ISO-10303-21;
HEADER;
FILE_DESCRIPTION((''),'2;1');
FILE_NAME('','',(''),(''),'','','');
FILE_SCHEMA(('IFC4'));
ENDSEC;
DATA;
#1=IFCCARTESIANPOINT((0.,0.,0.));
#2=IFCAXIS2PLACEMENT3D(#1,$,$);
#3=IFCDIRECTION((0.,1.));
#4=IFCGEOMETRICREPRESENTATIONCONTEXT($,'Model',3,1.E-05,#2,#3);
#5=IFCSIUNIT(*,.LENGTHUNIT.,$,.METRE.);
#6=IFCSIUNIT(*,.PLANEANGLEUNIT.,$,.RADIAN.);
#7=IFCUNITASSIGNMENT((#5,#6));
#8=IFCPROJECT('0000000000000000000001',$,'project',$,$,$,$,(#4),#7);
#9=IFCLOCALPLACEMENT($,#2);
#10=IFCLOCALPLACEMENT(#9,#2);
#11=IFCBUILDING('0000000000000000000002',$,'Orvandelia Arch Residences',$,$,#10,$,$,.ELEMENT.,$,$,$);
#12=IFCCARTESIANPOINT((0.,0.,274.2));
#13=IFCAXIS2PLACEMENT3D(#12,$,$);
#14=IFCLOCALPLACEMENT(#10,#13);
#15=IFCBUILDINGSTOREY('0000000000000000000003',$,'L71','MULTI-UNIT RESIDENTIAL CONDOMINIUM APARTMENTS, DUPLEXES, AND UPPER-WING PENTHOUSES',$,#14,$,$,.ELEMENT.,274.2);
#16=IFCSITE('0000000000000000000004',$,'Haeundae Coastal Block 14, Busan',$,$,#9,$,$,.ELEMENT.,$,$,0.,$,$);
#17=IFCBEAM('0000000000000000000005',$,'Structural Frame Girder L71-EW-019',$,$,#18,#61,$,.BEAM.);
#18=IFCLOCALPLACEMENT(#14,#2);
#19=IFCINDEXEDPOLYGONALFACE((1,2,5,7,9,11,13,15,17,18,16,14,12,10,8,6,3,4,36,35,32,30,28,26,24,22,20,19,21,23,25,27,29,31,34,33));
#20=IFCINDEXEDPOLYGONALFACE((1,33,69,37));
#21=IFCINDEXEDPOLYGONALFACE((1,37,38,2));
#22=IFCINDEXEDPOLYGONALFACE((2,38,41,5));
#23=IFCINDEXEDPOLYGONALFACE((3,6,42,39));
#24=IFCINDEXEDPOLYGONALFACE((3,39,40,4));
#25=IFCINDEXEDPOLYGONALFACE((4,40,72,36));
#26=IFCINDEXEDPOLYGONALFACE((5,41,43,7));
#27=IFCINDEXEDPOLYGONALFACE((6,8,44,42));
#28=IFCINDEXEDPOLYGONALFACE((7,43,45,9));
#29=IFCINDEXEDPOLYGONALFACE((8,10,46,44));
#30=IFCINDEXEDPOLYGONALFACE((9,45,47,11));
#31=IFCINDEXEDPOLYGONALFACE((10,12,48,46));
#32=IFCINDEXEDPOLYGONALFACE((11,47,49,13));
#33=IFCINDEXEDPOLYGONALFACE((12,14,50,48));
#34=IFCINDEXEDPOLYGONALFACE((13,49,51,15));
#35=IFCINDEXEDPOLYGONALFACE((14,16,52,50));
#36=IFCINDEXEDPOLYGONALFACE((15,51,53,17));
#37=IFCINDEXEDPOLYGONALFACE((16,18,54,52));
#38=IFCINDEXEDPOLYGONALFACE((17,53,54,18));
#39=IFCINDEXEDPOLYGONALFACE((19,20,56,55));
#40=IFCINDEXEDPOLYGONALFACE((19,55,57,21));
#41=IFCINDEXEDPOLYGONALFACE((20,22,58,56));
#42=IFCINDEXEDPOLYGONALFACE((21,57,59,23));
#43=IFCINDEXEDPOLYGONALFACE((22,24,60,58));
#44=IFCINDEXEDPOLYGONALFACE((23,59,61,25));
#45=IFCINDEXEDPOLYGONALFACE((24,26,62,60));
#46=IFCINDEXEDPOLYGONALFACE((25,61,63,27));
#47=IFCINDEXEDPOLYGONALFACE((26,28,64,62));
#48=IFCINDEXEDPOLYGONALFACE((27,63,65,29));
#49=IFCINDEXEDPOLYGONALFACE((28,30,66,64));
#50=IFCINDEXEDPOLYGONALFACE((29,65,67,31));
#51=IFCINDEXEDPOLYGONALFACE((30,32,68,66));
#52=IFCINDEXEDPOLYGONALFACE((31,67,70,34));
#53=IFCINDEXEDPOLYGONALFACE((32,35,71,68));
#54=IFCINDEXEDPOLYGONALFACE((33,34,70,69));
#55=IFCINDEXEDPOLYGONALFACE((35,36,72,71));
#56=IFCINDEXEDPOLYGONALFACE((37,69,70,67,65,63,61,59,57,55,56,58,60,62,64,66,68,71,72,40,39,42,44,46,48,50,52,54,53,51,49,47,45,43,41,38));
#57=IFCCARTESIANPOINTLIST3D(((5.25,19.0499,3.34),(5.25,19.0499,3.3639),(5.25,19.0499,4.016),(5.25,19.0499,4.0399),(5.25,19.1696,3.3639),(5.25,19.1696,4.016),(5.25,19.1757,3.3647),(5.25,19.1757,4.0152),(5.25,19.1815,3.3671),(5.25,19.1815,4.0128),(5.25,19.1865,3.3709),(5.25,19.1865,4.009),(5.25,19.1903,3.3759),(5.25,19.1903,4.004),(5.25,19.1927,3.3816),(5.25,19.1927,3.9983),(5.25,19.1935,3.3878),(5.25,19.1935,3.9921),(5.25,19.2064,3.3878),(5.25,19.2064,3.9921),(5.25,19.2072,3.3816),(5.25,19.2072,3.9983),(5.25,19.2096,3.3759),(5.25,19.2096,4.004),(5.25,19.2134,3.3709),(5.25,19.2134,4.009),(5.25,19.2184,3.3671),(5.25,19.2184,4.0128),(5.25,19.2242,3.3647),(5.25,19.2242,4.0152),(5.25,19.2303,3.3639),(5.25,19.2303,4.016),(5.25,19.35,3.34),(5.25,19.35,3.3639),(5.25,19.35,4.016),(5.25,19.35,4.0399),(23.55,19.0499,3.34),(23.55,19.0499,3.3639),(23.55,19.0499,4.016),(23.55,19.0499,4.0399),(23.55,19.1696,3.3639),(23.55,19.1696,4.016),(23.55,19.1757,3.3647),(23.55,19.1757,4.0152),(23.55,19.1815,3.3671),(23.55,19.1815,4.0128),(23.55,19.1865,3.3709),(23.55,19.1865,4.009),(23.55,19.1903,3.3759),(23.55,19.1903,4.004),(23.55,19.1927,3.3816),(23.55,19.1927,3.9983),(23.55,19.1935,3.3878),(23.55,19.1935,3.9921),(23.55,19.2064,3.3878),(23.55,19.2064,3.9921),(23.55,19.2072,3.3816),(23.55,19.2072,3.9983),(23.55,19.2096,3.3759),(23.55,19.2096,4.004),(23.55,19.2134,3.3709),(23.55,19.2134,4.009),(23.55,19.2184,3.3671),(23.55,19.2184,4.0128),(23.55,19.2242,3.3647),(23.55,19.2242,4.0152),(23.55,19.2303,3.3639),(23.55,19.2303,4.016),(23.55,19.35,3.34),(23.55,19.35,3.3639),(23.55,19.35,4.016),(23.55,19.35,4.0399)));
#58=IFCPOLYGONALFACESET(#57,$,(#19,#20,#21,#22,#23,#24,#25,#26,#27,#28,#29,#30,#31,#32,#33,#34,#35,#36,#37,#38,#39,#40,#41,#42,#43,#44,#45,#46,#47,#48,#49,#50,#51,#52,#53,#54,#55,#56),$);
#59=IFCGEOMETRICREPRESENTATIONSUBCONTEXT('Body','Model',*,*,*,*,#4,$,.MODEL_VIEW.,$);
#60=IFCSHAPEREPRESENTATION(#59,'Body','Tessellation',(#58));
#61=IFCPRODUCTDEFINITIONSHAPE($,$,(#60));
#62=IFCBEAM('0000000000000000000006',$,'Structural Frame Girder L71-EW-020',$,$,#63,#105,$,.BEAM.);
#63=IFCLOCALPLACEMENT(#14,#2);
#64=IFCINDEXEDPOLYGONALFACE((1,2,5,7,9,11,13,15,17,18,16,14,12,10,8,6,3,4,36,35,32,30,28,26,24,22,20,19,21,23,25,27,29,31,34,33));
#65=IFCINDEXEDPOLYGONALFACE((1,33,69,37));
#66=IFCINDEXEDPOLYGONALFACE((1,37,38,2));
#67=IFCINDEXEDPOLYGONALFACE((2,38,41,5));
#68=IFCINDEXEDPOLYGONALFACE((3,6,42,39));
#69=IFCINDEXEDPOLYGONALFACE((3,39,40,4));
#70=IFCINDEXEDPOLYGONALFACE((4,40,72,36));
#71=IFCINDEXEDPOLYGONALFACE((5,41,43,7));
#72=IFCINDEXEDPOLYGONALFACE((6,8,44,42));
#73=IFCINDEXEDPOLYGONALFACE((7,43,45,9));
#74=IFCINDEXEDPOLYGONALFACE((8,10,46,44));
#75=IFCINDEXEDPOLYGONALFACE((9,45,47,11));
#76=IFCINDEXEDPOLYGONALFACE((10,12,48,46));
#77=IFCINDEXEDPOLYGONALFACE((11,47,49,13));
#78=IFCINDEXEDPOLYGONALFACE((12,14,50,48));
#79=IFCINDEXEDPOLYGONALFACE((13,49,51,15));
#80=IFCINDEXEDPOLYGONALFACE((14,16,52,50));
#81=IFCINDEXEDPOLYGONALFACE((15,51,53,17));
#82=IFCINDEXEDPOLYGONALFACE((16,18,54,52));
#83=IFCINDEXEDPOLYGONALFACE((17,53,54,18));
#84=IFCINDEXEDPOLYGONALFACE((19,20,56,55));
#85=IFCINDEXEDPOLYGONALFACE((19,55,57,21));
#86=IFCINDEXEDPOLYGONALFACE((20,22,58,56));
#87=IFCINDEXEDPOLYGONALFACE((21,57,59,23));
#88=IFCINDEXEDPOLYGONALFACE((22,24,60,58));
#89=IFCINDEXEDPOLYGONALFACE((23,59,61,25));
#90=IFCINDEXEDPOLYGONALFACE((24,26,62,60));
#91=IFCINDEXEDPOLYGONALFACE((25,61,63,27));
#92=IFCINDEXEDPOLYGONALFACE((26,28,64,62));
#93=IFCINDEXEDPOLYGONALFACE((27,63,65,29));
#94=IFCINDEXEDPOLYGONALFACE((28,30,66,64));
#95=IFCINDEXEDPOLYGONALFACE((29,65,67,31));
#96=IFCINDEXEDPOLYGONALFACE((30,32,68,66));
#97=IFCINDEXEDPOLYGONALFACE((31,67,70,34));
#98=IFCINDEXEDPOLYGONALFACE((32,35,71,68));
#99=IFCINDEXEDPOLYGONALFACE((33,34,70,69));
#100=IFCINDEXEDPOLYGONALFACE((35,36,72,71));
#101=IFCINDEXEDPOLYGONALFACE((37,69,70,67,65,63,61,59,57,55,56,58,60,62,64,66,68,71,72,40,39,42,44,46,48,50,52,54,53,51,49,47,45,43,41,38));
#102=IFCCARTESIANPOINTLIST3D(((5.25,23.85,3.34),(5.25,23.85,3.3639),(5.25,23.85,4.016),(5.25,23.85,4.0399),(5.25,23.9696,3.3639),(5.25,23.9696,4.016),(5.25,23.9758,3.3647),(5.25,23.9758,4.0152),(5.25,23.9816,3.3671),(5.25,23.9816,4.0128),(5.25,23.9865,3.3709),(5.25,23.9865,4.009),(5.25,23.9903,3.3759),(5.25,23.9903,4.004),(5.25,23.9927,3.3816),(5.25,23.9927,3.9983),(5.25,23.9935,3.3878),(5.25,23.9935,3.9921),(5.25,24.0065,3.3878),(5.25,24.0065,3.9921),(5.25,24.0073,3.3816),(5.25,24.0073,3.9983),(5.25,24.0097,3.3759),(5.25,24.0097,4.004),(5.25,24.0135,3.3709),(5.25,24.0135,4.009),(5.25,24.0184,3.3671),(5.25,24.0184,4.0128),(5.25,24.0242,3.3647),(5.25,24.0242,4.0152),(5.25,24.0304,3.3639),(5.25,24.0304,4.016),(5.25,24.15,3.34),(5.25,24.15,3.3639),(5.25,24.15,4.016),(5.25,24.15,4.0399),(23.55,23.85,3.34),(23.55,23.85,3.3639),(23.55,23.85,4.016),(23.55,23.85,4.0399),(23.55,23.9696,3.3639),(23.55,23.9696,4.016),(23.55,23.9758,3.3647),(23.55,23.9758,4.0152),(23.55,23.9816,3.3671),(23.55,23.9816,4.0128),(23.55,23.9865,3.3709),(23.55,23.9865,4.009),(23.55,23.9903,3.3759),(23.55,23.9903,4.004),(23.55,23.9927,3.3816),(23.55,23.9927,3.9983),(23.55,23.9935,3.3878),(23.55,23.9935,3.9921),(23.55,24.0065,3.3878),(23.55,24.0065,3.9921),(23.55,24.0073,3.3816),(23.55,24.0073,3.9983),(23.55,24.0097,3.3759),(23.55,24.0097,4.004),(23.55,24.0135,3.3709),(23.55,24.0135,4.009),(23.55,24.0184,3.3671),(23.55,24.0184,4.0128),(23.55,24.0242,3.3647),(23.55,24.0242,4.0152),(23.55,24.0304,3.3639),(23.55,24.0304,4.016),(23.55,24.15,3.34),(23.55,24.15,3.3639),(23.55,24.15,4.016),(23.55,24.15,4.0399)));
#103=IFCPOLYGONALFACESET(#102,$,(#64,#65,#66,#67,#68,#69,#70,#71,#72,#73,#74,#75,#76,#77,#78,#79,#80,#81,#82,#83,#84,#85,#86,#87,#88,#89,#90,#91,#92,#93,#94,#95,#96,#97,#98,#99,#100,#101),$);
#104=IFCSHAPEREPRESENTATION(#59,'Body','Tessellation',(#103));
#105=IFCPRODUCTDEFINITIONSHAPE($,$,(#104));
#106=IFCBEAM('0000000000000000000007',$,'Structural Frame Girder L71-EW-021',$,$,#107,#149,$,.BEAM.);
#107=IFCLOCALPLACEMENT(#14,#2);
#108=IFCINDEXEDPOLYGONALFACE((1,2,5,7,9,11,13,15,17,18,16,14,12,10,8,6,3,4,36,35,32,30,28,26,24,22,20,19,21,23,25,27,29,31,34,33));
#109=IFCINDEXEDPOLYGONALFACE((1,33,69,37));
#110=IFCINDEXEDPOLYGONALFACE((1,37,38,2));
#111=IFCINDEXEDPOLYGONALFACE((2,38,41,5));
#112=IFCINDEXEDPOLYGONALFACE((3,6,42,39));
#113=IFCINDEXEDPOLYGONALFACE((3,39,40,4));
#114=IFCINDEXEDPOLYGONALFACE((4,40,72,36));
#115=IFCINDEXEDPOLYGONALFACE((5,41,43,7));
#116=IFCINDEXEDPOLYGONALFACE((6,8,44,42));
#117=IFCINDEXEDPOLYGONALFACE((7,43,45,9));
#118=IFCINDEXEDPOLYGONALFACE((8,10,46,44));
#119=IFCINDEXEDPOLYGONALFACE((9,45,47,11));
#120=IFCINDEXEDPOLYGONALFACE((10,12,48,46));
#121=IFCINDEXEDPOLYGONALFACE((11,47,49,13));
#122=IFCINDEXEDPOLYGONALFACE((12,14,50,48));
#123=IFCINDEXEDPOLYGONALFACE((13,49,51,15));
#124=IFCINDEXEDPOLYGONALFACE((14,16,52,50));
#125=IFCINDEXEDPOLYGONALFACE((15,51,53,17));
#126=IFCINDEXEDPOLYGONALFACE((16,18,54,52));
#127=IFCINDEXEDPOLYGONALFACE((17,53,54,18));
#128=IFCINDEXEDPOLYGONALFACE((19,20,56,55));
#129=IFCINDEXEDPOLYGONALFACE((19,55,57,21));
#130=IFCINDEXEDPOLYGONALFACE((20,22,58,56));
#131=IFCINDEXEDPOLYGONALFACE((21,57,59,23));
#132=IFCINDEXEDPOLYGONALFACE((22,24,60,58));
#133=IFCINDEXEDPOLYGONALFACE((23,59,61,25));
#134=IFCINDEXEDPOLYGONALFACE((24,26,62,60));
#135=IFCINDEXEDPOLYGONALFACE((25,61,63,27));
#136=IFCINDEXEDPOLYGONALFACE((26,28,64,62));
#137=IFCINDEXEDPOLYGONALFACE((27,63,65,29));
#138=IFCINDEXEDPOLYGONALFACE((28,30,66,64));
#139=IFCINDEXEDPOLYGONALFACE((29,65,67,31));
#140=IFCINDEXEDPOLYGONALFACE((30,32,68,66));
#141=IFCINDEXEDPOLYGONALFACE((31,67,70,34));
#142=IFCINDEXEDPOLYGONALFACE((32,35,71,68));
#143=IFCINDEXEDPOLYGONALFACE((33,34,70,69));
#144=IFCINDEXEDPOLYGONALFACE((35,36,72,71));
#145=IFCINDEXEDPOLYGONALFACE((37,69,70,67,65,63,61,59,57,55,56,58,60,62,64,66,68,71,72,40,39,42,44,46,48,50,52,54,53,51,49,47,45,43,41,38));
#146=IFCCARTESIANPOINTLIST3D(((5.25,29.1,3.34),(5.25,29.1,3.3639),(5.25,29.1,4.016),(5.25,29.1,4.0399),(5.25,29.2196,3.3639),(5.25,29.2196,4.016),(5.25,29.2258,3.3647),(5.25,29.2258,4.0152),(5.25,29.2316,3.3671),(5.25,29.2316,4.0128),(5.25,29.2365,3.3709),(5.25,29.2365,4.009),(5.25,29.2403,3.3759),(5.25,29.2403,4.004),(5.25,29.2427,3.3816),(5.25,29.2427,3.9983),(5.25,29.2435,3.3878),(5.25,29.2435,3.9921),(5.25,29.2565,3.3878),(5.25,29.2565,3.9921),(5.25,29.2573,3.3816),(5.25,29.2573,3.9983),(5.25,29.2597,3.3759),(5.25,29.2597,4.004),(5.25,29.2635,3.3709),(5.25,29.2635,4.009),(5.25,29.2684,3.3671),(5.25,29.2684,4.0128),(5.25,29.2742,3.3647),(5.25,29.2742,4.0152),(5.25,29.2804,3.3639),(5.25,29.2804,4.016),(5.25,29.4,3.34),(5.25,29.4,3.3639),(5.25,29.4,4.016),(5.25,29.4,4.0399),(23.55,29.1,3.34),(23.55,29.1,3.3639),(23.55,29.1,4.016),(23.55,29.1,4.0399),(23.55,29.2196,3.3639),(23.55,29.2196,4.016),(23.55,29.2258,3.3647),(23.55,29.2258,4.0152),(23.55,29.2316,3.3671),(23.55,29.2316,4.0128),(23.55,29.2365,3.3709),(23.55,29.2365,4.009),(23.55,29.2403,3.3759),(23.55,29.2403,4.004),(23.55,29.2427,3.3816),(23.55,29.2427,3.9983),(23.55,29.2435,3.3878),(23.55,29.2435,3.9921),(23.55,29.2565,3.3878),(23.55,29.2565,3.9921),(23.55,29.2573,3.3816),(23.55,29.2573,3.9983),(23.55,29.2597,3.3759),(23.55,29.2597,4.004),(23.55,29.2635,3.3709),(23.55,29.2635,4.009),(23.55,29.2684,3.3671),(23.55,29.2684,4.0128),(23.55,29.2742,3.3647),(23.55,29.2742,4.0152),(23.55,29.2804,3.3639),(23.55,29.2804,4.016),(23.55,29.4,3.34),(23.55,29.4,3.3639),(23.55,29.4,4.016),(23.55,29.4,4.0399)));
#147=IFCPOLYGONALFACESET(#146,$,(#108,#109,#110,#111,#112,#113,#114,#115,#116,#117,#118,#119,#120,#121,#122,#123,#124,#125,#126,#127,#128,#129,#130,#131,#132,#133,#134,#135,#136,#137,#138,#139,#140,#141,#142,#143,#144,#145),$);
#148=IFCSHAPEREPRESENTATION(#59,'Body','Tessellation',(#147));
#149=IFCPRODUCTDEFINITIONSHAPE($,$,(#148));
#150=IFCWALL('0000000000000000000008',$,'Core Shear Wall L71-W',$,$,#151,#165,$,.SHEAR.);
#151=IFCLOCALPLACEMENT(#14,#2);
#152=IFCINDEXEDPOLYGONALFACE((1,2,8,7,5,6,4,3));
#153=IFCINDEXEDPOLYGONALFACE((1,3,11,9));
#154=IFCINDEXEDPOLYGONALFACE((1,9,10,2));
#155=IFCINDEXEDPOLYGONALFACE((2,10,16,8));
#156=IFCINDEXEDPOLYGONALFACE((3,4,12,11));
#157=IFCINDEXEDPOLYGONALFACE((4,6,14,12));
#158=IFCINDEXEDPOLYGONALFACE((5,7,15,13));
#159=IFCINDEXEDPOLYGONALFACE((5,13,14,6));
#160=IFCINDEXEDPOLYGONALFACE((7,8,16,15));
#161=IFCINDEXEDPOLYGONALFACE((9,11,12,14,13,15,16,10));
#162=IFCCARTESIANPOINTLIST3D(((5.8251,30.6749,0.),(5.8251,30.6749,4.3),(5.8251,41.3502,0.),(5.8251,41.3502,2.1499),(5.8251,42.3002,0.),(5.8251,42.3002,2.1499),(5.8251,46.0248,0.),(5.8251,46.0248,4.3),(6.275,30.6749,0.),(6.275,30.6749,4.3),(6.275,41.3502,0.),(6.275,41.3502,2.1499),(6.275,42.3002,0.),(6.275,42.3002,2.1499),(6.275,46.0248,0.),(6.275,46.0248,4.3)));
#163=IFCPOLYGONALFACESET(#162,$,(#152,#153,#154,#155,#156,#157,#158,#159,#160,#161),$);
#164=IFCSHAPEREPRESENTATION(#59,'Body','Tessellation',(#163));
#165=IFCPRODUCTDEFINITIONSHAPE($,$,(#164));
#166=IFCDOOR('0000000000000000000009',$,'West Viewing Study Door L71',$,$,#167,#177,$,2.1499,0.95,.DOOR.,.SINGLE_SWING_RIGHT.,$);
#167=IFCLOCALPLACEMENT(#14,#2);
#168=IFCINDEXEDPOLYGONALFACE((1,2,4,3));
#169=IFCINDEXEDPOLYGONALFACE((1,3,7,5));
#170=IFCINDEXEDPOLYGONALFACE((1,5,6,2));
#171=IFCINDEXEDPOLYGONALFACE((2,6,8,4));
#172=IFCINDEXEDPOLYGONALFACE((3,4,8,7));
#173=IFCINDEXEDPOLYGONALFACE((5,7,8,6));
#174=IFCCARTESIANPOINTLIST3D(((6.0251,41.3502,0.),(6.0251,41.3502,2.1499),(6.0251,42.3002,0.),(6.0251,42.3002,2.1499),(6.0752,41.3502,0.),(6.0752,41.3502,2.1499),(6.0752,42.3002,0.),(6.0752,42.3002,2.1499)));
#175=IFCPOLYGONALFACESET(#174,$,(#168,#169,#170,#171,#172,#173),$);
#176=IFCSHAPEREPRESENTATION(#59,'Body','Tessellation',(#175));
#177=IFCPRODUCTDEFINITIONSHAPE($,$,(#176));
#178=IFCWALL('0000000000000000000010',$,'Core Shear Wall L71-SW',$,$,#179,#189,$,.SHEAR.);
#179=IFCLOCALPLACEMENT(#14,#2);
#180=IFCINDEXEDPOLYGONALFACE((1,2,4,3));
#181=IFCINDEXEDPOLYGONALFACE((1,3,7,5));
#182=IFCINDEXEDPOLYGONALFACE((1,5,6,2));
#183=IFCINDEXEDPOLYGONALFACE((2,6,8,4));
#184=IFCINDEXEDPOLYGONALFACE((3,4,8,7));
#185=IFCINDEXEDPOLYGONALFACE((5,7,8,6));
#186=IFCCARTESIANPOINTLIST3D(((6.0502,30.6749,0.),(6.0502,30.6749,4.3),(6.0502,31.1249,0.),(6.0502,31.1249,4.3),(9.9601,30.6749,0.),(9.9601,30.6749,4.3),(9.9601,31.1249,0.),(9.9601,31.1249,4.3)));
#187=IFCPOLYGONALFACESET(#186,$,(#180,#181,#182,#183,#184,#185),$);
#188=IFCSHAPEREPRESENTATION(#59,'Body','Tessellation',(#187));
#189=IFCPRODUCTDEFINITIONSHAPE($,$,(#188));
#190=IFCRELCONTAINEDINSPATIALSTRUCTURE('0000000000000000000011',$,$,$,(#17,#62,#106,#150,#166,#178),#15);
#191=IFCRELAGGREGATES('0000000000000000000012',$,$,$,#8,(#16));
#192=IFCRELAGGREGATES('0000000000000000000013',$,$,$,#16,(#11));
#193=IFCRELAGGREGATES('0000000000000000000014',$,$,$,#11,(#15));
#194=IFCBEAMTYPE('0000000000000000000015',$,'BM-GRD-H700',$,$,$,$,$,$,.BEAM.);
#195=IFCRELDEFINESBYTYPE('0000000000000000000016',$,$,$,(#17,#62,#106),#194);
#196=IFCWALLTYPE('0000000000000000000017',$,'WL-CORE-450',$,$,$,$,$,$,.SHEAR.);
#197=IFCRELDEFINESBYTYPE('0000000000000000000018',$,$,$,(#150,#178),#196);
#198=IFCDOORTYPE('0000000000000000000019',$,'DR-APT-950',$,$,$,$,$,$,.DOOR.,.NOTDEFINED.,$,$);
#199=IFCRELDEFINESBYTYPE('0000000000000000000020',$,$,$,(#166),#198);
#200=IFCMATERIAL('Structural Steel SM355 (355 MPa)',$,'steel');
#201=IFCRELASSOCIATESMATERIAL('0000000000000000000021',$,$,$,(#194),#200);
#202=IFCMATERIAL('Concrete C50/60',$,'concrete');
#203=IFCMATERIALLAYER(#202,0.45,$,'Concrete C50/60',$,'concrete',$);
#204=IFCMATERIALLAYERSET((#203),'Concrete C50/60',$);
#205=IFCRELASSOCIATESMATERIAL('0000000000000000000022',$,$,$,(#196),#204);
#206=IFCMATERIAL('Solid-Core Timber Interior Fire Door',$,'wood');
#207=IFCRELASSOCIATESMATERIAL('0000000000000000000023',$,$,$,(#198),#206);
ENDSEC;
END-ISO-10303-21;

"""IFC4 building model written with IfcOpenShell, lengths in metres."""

from ifc_helpers import new_model, si_unit, direction, frame, frame_2d, origin, origin_2d, place, context, subcontext, project, spatial, rectangle, i_section, extrude, material, layer, layer_set, material_profile, profile_set, type_object, element, fill, save


model = new_model("IFC4")

# Units and contexts
model_context = context("Model", 3, precision=1e-05, world=origin(), true_north=direction((0.0, 1.0)))
body_context = subcontext(model_context, "Body", "Model", "MODEL_VIEW")
ifc_project = project(units=[si_unit("LENGTHUNIT", "METRE"), si_unit("PLANEANGLEUNIT", "RADIAN")], contexts=[model_context])

# Site, building, storey
site_placement = place(None, origin())
site = spatial("IfcSite", under=ifc_project, at=site_placement, Name="Haeundae Coastal Block 14, Busan", CompositionType="ELEMENT", RefElevation=0.0)
building_placement = place(site_placement, origin())
building = spatial("IfcBuilding", under=site, at=building_placement, Name="Orvandelia Arch Residences", CompositionType="ELEMENT")
storey_placement = place(building_placement, frame((0.0, 0.0, 274.2)))
storey = spatial("IfcBuildingStorey", under=building, at=storey_placement, Name="L71", Description="MULTI-UNIT RESIDENTIAL CONDOMINIUM APARTMENTS, DUPLEXES, AND UPPER-WING PENTHOUSES", CompositionType="ELEMENT", Elevation=274.2)

# Shared definitions
ifc_material_1 = material(Name="Concrete C50/60", Category="concrete")

# Beams
ifc_material_2 = material(Name="Structural Steel SM355 (355 MPa)", Category="steel")
ifc_material_profile_1 = material_profile(ifc_material_2, i_section(OverallWidth=0.3, OverallDepth=0.7, WebThickness=0.0129, FlangeThickness=0.0239, FilletRadius=0.0239, at=origin_2d()), Name="Structural Steel SM355 (355 MPa)", Category="steel")
ifc_profile_set_1 = profile_set([ifc_material_profile_1], Name="Structural Steel SM355 (355 MPa)")
beam_type = type_object("IfcBeamType", Name="BM-GRD-H700", PredefinedType="BEAM", material=ifc_profile_set_1)
for number, where, z_axis, x_axis, name in (
    (1, (5.25, 19.2, 3.6899), (1.0, 0.0, 0.0), (0.0, 1.0, 0.0), "Structural Frame Girder L71-EW-019"),
    (2, (5.25, 24.0, 3.6899), (1.0, 0.0, 0.0), (0.0, 1.0, 0.0), "Structural Frame Girder L71-EW-020"),
    (3, (5.25, 29.25, 3.6899), (1.0, 0.0, 0.0), (0.0, 1.0, 0.0), "Structural Frame Girder L71-EW-021"),
):
    element("IfcBeam", number, at=place(storey_placement, frame(where, z_axis=z_axis, x_axis=x_axis)), inside=storey, type_object=beam_type, Name=name, PredefinedType="BEAM", context=body_context, shape_type="SweptSolid", body=[
        extrude(i_section(OverallWidth=0.3, OverallDepth=0.7, WebThickness=0.0129, FlangeThickness=0.0239, FilletRadius=0.0239, at=origin_2d()), origin(), (0.0, 0.0, 1.0), 18.3),
    ])

# Wall, opening, door
ifc_layer_1 = layer(ifc_material_1, 0.45, Name="Concrete C50/60", Category="concrete")
ifc_layer_set_1 = layer_set([ifc_layer_1], Name="Concrete C50/60")
wall_type_1 = type_object("IfcWallType", Name="WL-CORE-450", PredefinedType="SHEAR", material=ifc_layer_set_1)
wall_1_placement = place(storey_placement, frame((6.05, 30.675, 0.0), z_axis=(0.0, 0.0, 1.0), x_axis=(0.0, 1.0, 0.0)))
wall_1 = element("IfcWall", 4, at=wall_1_placement, inside=storey, type_object=wall_type_1, Name="Core Shear Wall L71-W", PredefinedType="SHEAR", context=body_context, shape_type="SweptSolid", body=[
    extrude(rectangle(XDim=15.3499, YDim=0.45, at=frame_2d((7.6748, 0.0))), origin(), (0.0, 0.0, 1.0), 4.3),
])
opening_1_placement = place(wall_1_placement, frame((10.675, 0.0, 0.0)))
opening_1 = element("IfcOpeningElement", 5, at=opening_1_placement, cuts=wall_1, PredefinedType="OPENING", context=body_context, shape_type="SweptSolid", body=[
    extrude(rectangle(XDim=0.95, YDim=2.1499, at=frame_2d((0.4751, 1.075))), frame((0.0, 0.2349, 0.0), z_axis=(0.0, -1.0, 0.0), x_axis=(1.0, 0.0, 0.0)), (0.0, 0.0, 1.0), 0.47),
])
ifc_material_3 = material(Name="Solid-Core Timber Interior Fire Door", Category="wood")
door_type_1 = type_object("IfcDoorType", Name="DR-APT-950", OperationType="NOTDEFINED", PredefinedType="DOOR", material=ifc_material_3)
door_1_placement = place(opening_1_placement, origin())
door_1 = element("IfcDoor", 6, at=door_1_placement, inside=storey, type_object=door_type_1, Name="West Viewing Study Door L71", OperationType="SINGLE_SWING_RIGHT", OverallHeight=2.1499, OverallWidth=0.95, PredefinedType="DOOR", context=body_context, shape_type="SweptSolid", body=[
    extrude(rectangle(XDim=0.95, YDim=2.1499, at=frame_2d((0.4751, 1.075))), frame((0.0, 0.0249, 0.0), z_axis=(0.0, -1.0, 0.0), x_axis=(1.0, 0.0, 0.0)), (0.0, 0.0, 1.0), 0.05),
])
fill(opening_1, door_1)

# Wall
wall_2_placement = place(storey_placement, frame((6.05, 30.8999, 0.0), z_axis=(0.0, 0.0, 1.0), x_axis=(1.0, 0.0, 0.0)))
element("IfcWall", 7, at=wall_2_placement, inside=storey, type_object=wall_type_1, Name="Core Shear Wall L71-SW", PredefinedType="SHEAR", context=body_context, shape_type="SweptSolid", body=[
    extrude(rectangle(XDim=3.9099, YDim=0.45, at=frame_2d((1.9551, 0.0))), origin(), (0.0, 0.0, 1.0), 4.3),
])

save(model, "model.ifc")
